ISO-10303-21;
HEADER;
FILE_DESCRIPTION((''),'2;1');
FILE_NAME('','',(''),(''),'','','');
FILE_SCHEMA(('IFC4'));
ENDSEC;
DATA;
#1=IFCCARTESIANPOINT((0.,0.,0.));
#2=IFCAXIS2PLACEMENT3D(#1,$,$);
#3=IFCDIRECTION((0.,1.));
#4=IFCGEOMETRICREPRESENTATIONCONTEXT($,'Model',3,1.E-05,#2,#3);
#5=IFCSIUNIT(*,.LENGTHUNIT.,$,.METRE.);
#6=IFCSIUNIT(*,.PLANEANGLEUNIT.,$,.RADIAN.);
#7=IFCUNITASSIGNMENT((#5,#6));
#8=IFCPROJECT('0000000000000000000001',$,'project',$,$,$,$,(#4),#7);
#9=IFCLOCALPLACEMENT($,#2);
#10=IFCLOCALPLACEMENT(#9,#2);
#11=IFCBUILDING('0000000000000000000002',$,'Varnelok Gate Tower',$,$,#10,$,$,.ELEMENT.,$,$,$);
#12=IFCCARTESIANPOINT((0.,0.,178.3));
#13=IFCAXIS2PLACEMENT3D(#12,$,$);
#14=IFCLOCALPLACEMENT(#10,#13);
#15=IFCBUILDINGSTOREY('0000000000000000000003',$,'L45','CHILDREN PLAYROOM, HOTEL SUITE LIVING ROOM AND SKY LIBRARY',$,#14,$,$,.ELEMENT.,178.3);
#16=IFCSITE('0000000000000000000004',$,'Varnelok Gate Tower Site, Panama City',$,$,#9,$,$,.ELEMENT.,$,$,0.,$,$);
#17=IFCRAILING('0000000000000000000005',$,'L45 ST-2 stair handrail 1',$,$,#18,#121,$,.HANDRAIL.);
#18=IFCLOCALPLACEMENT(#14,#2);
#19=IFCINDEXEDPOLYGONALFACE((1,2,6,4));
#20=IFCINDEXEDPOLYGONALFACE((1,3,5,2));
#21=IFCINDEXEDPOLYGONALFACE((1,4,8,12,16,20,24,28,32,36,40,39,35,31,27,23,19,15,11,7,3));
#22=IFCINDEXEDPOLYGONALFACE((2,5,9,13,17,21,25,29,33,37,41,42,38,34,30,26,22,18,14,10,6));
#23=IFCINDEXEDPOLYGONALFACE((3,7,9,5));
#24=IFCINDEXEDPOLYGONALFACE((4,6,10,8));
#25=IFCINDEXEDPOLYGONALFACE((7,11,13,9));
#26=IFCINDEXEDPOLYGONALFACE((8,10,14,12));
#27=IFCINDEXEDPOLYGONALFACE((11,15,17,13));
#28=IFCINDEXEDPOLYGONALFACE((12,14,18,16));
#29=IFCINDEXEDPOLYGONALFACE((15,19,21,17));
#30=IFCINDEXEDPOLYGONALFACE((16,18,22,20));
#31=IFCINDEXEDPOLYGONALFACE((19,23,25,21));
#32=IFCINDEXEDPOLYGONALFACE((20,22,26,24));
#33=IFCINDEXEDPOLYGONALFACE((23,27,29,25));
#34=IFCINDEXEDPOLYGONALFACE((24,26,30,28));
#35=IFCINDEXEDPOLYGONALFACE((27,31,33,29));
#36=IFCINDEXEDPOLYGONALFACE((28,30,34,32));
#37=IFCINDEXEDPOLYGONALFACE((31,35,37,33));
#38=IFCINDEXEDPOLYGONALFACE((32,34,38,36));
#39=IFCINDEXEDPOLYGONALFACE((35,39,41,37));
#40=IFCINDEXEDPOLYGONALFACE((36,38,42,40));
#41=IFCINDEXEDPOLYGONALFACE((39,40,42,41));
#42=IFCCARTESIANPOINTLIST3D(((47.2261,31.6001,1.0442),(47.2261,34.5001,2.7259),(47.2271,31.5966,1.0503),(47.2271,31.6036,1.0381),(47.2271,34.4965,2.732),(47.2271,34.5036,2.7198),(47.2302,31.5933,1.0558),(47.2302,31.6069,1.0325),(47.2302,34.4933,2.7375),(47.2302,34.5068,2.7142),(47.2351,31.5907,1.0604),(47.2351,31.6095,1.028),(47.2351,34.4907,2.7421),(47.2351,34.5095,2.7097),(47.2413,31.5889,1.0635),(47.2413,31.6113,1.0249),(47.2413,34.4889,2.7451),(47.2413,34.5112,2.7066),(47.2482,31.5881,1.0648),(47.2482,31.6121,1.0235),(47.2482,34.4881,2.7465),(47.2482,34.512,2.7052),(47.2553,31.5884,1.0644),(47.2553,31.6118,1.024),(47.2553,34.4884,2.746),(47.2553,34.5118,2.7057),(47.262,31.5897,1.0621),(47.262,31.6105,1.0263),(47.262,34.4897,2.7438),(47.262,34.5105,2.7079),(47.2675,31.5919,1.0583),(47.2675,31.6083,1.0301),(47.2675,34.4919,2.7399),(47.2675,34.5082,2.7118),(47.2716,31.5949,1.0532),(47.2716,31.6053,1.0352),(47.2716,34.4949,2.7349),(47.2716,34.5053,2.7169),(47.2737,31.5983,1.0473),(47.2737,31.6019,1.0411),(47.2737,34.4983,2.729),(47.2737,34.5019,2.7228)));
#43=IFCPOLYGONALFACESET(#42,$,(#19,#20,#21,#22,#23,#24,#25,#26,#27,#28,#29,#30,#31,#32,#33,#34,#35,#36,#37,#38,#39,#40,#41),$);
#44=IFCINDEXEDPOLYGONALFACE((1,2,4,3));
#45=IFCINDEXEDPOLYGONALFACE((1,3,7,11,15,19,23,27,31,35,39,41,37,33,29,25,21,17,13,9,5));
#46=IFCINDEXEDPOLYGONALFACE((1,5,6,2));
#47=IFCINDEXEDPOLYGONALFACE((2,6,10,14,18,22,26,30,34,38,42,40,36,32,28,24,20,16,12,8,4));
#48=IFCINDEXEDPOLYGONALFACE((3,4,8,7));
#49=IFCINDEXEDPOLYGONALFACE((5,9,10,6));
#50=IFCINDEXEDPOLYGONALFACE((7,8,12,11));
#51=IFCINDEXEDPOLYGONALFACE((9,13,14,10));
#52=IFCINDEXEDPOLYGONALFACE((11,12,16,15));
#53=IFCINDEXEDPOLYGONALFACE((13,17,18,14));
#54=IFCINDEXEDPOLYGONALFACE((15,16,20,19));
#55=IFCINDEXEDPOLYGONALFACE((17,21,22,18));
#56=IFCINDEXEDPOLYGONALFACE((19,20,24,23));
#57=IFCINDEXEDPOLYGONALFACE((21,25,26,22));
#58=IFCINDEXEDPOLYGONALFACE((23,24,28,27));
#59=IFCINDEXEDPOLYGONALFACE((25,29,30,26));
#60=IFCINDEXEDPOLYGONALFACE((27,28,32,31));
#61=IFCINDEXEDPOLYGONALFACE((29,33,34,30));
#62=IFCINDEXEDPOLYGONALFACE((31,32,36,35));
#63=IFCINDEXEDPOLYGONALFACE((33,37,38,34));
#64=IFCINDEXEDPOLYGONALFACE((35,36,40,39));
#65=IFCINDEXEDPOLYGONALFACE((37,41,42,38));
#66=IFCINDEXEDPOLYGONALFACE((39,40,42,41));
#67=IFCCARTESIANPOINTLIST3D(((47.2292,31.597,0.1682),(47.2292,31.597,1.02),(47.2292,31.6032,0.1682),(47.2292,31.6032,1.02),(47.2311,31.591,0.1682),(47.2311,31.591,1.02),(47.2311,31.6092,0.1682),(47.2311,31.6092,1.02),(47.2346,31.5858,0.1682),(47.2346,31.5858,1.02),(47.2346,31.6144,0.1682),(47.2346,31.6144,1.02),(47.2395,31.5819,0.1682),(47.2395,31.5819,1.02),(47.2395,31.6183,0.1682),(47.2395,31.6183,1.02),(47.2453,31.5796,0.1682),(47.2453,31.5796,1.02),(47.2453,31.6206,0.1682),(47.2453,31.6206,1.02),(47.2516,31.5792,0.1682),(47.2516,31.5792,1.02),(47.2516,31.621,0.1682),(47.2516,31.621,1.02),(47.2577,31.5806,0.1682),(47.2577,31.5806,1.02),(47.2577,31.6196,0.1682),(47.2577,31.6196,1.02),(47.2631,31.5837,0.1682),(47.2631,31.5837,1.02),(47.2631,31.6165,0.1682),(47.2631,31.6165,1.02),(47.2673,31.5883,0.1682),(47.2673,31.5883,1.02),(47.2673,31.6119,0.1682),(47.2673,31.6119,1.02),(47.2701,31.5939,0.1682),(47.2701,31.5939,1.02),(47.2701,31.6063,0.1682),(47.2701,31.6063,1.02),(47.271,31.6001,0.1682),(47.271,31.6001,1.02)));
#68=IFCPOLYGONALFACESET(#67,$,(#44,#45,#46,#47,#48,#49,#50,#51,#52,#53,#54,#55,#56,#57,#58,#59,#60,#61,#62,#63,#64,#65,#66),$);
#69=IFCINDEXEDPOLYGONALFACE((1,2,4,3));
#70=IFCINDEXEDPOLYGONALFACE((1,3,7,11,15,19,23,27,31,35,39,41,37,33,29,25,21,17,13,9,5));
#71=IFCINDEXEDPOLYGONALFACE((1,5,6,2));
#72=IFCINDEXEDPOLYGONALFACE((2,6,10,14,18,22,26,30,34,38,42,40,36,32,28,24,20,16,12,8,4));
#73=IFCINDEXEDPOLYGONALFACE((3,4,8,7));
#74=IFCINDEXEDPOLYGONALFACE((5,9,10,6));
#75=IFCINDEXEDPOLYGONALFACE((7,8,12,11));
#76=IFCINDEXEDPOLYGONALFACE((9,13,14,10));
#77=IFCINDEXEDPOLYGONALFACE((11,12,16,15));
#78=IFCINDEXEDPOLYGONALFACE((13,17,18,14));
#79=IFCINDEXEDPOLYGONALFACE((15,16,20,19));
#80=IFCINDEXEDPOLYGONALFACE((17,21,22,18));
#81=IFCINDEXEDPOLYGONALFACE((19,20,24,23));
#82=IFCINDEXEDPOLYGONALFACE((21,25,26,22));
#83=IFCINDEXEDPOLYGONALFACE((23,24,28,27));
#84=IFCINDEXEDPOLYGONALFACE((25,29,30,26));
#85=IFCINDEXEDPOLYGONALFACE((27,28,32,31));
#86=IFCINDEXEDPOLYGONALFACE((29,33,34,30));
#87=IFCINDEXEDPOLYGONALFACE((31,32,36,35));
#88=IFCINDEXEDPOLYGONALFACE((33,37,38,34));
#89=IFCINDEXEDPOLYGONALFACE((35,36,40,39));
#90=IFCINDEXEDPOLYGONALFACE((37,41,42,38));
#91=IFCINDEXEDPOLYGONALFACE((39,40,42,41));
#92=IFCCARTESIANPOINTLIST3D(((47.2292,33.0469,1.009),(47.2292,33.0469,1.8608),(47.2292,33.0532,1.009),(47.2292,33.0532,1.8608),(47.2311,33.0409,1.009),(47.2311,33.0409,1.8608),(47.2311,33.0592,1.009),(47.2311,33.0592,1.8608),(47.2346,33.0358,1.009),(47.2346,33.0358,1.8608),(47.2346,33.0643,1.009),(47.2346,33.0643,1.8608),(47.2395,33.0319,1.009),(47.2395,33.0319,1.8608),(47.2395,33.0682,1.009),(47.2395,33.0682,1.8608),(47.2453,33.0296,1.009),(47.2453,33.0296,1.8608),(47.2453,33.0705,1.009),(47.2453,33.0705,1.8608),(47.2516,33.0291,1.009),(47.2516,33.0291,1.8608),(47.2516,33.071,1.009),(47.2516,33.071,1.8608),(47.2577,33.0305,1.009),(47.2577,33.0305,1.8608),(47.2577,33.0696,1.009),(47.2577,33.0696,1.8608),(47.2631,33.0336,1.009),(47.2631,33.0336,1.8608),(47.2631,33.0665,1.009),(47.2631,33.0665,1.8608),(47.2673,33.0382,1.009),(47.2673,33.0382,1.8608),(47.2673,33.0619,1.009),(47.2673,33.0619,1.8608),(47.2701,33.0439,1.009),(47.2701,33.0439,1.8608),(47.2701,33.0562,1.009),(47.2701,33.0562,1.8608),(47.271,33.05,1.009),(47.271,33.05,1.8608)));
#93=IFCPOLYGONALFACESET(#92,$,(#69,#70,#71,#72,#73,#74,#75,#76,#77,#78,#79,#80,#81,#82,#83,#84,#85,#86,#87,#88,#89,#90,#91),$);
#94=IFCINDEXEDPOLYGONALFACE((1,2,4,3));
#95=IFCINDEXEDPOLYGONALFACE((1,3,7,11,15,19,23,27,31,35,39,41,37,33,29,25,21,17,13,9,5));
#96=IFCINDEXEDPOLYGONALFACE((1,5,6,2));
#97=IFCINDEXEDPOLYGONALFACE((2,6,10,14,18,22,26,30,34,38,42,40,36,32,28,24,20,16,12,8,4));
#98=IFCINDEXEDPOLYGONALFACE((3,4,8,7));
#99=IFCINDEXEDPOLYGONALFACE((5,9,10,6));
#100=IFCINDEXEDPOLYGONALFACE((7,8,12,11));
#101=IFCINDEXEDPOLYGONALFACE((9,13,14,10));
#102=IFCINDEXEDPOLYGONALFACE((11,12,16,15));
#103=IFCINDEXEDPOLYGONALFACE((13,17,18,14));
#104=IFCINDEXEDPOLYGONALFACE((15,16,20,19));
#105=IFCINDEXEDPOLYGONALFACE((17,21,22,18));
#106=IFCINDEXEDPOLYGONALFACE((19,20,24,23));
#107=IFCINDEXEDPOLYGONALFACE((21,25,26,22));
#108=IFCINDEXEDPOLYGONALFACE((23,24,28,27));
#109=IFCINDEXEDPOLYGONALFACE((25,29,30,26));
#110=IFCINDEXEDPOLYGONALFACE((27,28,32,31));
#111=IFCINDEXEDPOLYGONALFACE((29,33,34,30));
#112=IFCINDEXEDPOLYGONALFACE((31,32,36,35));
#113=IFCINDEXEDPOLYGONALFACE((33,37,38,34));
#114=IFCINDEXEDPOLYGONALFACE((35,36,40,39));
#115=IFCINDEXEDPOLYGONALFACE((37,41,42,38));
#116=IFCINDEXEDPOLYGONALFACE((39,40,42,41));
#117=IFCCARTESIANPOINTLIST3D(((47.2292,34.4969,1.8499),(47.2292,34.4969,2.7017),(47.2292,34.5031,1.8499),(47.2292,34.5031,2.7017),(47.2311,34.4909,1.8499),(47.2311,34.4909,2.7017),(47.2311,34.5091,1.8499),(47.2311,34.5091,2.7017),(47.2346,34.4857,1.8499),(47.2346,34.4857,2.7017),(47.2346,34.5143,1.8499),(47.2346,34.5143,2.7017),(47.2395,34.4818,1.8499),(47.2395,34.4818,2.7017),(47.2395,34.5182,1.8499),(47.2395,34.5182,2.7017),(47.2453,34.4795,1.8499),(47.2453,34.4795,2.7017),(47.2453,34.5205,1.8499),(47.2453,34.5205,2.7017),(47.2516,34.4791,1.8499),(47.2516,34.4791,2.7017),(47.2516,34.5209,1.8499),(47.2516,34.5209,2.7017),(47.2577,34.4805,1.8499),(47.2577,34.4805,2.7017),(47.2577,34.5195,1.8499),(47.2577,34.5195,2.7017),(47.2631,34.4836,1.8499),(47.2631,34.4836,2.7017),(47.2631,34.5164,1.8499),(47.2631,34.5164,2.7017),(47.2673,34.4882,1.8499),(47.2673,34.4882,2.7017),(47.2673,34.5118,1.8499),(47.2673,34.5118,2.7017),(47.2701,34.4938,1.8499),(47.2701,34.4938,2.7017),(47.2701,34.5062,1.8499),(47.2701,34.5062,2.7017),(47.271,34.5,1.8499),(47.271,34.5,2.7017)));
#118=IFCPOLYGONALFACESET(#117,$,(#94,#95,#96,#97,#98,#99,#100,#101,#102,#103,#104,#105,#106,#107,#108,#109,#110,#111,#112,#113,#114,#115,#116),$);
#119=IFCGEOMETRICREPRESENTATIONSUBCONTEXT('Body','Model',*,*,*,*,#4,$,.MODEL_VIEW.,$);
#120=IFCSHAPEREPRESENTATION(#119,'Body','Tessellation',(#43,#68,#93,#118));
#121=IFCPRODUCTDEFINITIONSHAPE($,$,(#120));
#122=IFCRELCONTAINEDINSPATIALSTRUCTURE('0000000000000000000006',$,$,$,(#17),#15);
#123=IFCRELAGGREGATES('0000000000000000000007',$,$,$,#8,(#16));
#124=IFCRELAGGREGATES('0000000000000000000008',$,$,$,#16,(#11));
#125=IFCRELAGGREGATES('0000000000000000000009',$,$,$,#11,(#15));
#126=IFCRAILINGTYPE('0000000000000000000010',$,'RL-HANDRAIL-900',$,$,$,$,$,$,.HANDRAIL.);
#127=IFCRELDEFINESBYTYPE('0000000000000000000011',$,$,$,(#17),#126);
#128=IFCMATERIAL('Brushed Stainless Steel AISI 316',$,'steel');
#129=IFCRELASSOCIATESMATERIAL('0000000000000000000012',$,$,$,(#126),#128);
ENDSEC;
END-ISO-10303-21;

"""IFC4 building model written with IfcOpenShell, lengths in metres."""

from ifc_helpers import new_model, si_unit, direction, frame, origin, origin_2d, place, context, subcontext, project, spatial, circle, extrude, material, type_object, element, save


model = new_model("IFC4")

# Units and contexts
model_context = context("Model", 3, precision=1e-05, world=origin(), true_north=direction((0.0, 1.0)))
body_context = subcontext(model_context, "Body", "Model", "MODEL_VIEW")
ifc_project = project(units=[si_unit("LENGTHUNIT", "METRE"), si_unit("PLANEANGLEUNIT", "RADIAN")], contexts=[model_context])

# Site, building, storey
site_placement = place(None, origin())
site = spatial("IfcSite", under=ifc_project, at=site_placement, Name="Varnelok Gate Tower Site, Panama City", CompositionType="ELEMENT", RefElevation=0.0)
building_placement = place(site_placement, origin())
building = spatial("IfcBuilding", under=site, at=building_placement, Name="Varnelok Gate Tower", CompositionType="ELEMENT")
storey_placement = place(building_placement, frame((0.0, 0.0, 178.3)))
storey = spatial("IfcBuildingStorey", under=building, at=storey_placement, Name="L45", Description="CHILDREN PLAYROOM, HOTEL SUITE LIVING ROOM AND SKY LIBRARY", CompositionType="ELEMENT", Elevation=178.3)

# Railing
ifc_material_1 = material(Name="Brushed Stainless Steel AISI 316", Category="steel")
railing_type_1 = type_object("IfcRailingType", Name="RL-HANDRAIL-900", PredefinedType="HANDRAIL", material=ifc_material_1)
railing_1_placement = place(storey_placement, frame((47.25, 31.6001, 0.1682)))
element("IfcRailing", 1, at=railing_1_placement, inside=storey, type_object=railing_type_1, Name="L45 ST-2 stair handrail 1", PredefinedType="HANDRAIL", context=body_context, shape_type="SweptSolid", body=[
    extrude(circle(Radius=0.0239, at=origin_2d()), frame((0.0, 0.0, 0.876), z_axis=(0.0, 0.86507, 0.501651), x_axis=(-1.0, 0.0, 0.0)), (0.0, 0.0, 1.0), 3.3523),
    extrude(circle(Radius=0.021, at=origin_2d()), origin(), (0.0, 0.0, 1.0), 0.8518),
    extrude(circle(Radius=0.021, at=origin_2d()), frame((0.0, 1.45, 0.8408)), (0.0, 0.0, 1.0), 0.8518),
    extrude(circle(Radius=0.021, at=origin_2d()), frame((0.0, 2.8999, 1.6816)), (0.0, 0.0, 1.0), 0.8518),
])

save(model, "model.ifc")
